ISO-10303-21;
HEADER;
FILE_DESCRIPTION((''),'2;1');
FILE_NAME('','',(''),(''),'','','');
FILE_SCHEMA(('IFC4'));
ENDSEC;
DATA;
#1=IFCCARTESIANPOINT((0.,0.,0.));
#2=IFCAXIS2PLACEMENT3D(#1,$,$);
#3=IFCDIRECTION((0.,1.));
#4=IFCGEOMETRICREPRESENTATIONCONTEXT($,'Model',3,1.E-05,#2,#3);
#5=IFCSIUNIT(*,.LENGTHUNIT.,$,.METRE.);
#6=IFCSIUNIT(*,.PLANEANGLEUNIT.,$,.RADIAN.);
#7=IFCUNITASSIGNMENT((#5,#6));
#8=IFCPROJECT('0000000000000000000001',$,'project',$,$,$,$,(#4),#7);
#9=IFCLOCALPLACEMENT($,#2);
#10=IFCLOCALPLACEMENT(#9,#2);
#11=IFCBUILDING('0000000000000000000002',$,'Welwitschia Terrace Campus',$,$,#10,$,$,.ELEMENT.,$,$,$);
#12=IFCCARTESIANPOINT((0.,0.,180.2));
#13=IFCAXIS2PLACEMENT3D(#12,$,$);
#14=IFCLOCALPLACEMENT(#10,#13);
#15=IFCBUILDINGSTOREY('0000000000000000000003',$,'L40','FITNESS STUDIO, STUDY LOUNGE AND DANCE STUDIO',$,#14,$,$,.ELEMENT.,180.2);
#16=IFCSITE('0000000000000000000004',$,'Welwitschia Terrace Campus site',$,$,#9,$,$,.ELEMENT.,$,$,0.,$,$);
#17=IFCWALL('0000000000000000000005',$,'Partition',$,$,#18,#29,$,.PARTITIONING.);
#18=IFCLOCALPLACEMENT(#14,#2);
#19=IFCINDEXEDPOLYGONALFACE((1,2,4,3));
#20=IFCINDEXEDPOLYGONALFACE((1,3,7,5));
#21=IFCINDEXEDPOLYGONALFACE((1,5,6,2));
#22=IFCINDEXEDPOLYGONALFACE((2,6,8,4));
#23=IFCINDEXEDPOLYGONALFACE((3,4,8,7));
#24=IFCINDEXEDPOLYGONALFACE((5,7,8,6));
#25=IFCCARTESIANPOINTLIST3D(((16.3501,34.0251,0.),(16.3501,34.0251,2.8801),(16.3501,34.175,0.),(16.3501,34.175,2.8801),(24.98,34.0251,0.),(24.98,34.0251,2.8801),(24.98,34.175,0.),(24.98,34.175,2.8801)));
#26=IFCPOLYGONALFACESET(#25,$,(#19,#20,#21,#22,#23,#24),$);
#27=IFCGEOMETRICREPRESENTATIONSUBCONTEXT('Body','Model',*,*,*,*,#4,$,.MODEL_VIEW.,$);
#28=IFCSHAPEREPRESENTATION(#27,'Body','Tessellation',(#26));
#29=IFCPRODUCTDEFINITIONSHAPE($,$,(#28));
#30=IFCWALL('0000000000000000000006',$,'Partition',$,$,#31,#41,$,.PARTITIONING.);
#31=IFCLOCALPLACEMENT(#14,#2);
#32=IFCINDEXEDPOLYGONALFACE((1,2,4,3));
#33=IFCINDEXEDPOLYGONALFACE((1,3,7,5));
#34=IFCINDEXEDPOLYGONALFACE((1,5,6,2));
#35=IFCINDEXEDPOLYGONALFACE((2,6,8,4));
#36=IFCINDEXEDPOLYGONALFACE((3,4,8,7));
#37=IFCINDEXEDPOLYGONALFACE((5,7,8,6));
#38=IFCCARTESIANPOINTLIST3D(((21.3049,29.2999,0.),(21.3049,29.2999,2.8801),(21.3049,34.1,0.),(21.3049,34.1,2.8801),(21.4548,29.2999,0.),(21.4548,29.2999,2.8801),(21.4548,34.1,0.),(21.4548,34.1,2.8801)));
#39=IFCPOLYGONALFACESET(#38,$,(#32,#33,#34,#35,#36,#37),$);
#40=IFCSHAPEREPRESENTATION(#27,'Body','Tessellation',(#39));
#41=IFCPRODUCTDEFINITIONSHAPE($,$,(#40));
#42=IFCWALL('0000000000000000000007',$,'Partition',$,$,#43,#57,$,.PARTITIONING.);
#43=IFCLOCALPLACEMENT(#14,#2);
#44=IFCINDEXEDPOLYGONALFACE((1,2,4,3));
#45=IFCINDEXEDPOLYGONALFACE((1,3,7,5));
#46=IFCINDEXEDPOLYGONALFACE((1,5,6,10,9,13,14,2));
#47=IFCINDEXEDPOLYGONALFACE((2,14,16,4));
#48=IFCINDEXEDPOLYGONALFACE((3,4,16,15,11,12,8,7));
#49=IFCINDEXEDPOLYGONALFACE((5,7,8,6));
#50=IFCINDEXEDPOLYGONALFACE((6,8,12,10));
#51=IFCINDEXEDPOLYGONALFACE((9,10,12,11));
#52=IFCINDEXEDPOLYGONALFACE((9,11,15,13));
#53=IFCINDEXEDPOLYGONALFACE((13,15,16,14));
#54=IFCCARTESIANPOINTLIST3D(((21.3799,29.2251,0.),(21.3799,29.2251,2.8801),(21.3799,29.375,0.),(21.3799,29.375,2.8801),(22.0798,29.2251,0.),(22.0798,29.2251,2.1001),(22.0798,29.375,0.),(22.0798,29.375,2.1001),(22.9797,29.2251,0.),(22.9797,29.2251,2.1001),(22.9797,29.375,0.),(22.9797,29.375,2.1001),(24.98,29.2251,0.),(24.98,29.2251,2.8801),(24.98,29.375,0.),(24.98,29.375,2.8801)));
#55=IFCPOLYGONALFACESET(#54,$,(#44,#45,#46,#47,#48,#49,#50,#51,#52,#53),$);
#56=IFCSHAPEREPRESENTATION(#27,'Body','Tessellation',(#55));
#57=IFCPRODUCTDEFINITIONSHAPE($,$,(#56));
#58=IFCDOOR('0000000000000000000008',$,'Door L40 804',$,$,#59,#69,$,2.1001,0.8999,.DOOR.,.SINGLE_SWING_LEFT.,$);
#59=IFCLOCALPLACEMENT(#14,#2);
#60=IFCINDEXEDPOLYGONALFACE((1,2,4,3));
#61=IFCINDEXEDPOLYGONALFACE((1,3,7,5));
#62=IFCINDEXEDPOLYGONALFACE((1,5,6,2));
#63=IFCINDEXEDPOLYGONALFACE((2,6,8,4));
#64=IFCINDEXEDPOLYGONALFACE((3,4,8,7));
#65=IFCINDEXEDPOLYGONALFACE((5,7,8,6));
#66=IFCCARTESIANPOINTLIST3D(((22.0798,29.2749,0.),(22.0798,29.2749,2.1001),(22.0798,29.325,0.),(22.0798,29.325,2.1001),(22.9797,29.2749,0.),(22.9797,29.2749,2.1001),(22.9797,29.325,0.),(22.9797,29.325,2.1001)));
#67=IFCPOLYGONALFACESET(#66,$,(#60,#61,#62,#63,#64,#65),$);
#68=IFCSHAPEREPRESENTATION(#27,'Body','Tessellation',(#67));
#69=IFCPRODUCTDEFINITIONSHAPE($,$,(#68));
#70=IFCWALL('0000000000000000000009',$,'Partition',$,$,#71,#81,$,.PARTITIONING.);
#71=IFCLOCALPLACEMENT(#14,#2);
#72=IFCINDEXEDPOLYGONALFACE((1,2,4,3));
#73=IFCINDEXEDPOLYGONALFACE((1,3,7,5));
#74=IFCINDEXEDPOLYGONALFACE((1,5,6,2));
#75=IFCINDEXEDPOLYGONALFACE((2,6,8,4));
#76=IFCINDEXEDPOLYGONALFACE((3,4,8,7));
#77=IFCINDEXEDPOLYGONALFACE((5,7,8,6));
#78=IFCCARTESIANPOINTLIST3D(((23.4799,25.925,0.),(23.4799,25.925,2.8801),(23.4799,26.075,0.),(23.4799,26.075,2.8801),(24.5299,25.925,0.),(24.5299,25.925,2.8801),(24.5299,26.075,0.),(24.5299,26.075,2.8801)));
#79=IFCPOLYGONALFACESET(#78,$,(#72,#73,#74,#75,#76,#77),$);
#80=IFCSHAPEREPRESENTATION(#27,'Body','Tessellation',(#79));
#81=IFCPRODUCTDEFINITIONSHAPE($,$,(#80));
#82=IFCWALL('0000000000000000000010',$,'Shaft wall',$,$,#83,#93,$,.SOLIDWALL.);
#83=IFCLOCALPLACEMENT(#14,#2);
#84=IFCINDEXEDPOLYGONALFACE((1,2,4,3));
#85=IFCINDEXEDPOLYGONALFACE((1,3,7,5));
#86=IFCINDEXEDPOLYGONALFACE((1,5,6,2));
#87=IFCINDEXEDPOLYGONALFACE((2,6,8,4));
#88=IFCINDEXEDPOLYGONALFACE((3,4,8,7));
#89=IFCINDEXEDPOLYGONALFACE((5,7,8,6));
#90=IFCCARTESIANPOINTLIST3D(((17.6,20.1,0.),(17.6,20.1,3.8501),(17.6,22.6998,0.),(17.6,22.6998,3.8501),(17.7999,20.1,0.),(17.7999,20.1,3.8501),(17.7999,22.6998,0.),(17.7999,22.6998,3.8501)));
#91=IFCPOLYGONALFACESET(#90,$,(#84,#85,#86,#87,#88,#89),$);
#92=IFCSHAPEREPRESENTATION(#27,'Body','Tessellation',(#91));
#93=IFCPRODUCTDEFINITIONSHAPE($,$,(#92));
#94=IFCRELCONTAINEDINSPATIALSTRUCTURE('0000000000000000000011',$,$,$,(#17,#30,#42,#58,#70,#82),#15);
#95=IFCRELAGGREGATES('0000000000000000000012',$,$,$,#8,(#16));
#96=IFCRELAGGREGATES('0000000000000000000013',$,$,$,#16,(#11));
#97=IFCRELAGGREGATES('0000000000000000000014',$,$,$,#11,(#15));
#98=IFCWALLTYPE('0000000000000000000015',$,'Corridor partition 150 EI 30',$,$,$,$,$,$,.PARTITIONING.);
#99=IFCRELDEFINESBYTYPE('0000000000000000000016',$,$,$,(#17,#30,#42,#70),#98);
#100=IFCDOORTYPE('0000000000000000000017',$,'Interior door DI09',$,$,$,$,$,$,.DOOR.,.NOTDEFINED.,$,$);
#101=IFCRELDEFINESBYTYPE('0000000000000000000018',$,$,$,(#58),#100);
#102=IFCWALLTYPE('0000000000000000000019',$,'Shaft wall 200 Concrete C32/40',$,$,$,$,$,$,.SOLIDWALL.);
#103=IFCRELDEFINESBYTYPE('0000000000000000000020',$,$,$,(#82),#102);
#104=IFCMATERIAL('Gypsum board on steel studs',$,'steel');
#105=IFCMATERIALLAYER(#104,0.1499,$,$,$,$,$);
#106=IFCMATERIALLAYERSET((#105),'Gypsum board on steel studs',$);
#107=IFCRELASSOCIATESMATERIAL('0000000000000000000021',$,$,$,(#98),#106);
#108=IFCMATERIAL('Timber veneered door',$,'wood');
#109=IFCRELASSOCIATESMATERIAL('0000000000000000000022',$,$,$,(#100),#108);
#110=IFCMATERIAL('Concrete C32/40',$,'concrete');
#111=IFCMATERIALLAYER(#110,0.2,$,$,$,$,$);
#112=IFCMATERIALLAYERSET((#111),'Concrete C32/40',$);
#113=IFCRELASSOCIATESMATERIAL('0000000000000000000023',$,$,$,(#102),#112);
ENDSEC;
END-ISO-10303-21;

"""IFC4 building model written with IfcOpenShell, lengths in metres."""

from ifc_helpers import new_model, si_unit, direction, frame, frame_2d, origin, place, context, subcontext, project, spatial, rectangle, extrude, material, layer, layer_set, type_object, element, fill, save


model = new_model("IFC4")

# Units and contexts
model_context = context("Model", 3, precision=1e-05, world=origin(), true_north=direction((0.0, 1.0)))
body_context = subcontext(model_context, "Body", "Model", "MODEL_VIEW")
ifc_project = project(units=[si_unit("LENGTHUNIT", "METRE"), si_unit("PLANEANGLEUNIT", "RADIAN")], contexts=[model_context])

# Site, building, storey
site_placement = place(None, origin())
site = spatial("IfcSite", under=ifc_project, at=site_placement, Name="Welwitschia Terrace Campus site", CompositionType="ELEMENT", RefElevation=0.0)
building_placement = place(site_placement, origin())
building = spatial("IfcBuilding", under=site, at=building_placement, Name="Welwitschia Terrace Campus", CompositionType="ELEMENT")
storey_placement = place(building_placement, frame((0.0, 0.0, 180.2)))
storey = spatial("IfcBuildingStorey", under=building, at=storey_placement, Name="L40", Description="FITNESS STUDIO, STUDY LOUNGE AND DANCE STUDIO", CompositionType="ELEMENT", Elevation=180.2)

# Shared definitions
ifc_material_1 = material(Name="Gypsum board on steel studs", Category="steel")
ifc_layer_1 = layer(ifc_material_1, 0.1499)
ifc_layer_set_1 = layer_set([ifc_layer_1], Name="Gypsum board on steel studs")
wall_type_1 = type_object("IfcWallType", Name="Corridor partition 150 EI 30", PredefinedType="PARTITIONING", material=ifc_layer_set_1)

# Walls
wall_1_placement = place(storey_placement, frame((16.3501, 34.1001, 0.0), z_axis=(0.0, 0.0, 1.0), x_axis=(1.0, 0.0, 0.0)))
element("IfcWall", 1, at=wall_1_placement, inside=storey, type_object=wall_type_1, Name="Partition", PredefinedType="PARTITIONING", context=body_context, shape_type="SweptSolid", body=[
    extrude(rectangle(XDim=8.6299, YDim=0.1499, at=frame_2d((4.3149, 0.0))), origin(), (0.0, 0.0, 1.0), 2.8801),
])
wall_2_placement = place(storey_placement, frame((21.3799, 29.3, 0.0), z_axis=(0.0, 0.0, 1.0), x_axis=(0.0, 1.0, 0.0)))
element("IfcWall", 2, at=wall_2_placement, inside=storey, type_object=wall_type_1, Name="Partition", PredefinedType="PARTITIONING", context=body_context, shape_type="SweptSolid", body=[
    extrude(rectangle(XDim=4.8, YDim=0.1499, at=frame_2d((2.3999, 0.0))), origin(), (0.0, 0.0, 1.0), 2.8801),
])

# Wall, opening, door
wall_3_placement = place(storey_placement, frame((21.3799, 29.3, 0.0), z_axis=(0.0, 0.0, 1.0), x_axis=(1.0, 0.0, 0.0)))
wall_3 = element("IfcWall", 3, at=wall_3_placement, inside=storey, type_object=wall_type_1, Name="Partition", PredefinedType="PARTITIONING", context=body_context, shape_type="SweptSolid", body=[
    extrude(rectangle(XDim=3.6001, YDim=0.1499, at=frame_2d((1.8, 0.0))), origin(), (0.0, 0.0, 1.0), 2.8801),
])
opening_1_placement = place(wall_3_placement, frame((0.7, 0.0, 0.0)))
opening_1 = element("IfcOpeningElement", 4, at=opening_1_placement, cuts=wall_3, PredefinedType="OPENING", context=body_context, shape_type="SweptSolid", body=[
    extrude(rectangle(XDim=0.8999, YDim=2.1001, at=frame_2d((0.45, 1.05))), frame((0.0, 0.085, 0.0), z_axis=(0.0, -1.0, 0.0), x_axis=(1.0, 0.0, 0.0)), (0.0, 0.0, 1.0), 0.1699),
])
ifc_material_2 = material(Name="Timber veneered door", Category="wood")
door_type_1 = type_object("IfcDoorType", Name="Interior door DI09", OperationType="NOTDEFINED", PredefinedType="DOOR", material=ifc_material_2)
door_1_placement = place(opening_1_placement, origin())
door_1 = element("IfcDoor", 5, at=door_1_placement, inside=storey, type_object=door_type_1, Name="Door L40 804", OperationType="SINGLE_SWING_LEFT", OverallHeight=2.1001, OverallWidth=0.8999, PredefinedType="DOOR", context=body_context, shape_type="SweptSolid", body=[
    extrude(rectangle(XDim=0.8999, YDim=2.1001, at=frame_2d((0.45, 1.05))), frame((0.0, 0.0249, 0.0), z_axis=(0.0, -1.0, 0.0), x_axis=(1.0, 0.0, 0.0)), (0.0, 0.0, 1.0), 0.05),
])
fill(opening_1, door_1)

# Walls
wall_4_placement = place(storey_placement, frame((23.48, 26.0, 0.0), z_axis=(0.0, 0.0, 1.0), x_axis=(1.0, 0.0, 0.0)))
element("IfcWall", 6, at=wall_4_placement, inside=storey, type_object=wall_type_1, Name="Partition", PredefinedType="PARTITIONING", context=body_context, shape_type="SweptSolid", body=[
    extrude(rectangle(XDim=1.05, YDim=0.1499, at=frame_2d((0.5249, 0.0))), origin(), (0.0, 0.0, 1.0), 2.8801),
])
ifc_material_3 = material(Name="Concrete C32/40", Category="concrete")
ifc_layer_2 = layer(ifc_material_3, 0.2)
ifc_layer_set_2 = layer_set([ifc_layer_2], Name="Concrete C32/40")
wall_type_2 = type_object("IfcWallType", Name="Shaft wall 200 Concrete C32/40", PredefinedType="SOLIDWALL", material=ifc_layer_set_2)
wall_5_placement = place(storey_placement, frame((17.7, 20.1001, 0.0), z_axis=(0.0, 0.0, 1.0), x_axis=(0.0, 1.0, 0.0)))
element("IfcWall", 7, at=wall_5_placement, inside=storey, type_object=wall_type_2, Name="Shaft wall", PredefinedType="SOLIDWALL", context=body_context, shape_type="SweptSolid", body=[
    extrude(rectangle(XDim=2.5999, YDim=0.2, at=frame_2d((1.2998, 0.0))), origin(), (0.0, 0.0, 1.0), 3.8501),
])

save(model, "model.ifc")
